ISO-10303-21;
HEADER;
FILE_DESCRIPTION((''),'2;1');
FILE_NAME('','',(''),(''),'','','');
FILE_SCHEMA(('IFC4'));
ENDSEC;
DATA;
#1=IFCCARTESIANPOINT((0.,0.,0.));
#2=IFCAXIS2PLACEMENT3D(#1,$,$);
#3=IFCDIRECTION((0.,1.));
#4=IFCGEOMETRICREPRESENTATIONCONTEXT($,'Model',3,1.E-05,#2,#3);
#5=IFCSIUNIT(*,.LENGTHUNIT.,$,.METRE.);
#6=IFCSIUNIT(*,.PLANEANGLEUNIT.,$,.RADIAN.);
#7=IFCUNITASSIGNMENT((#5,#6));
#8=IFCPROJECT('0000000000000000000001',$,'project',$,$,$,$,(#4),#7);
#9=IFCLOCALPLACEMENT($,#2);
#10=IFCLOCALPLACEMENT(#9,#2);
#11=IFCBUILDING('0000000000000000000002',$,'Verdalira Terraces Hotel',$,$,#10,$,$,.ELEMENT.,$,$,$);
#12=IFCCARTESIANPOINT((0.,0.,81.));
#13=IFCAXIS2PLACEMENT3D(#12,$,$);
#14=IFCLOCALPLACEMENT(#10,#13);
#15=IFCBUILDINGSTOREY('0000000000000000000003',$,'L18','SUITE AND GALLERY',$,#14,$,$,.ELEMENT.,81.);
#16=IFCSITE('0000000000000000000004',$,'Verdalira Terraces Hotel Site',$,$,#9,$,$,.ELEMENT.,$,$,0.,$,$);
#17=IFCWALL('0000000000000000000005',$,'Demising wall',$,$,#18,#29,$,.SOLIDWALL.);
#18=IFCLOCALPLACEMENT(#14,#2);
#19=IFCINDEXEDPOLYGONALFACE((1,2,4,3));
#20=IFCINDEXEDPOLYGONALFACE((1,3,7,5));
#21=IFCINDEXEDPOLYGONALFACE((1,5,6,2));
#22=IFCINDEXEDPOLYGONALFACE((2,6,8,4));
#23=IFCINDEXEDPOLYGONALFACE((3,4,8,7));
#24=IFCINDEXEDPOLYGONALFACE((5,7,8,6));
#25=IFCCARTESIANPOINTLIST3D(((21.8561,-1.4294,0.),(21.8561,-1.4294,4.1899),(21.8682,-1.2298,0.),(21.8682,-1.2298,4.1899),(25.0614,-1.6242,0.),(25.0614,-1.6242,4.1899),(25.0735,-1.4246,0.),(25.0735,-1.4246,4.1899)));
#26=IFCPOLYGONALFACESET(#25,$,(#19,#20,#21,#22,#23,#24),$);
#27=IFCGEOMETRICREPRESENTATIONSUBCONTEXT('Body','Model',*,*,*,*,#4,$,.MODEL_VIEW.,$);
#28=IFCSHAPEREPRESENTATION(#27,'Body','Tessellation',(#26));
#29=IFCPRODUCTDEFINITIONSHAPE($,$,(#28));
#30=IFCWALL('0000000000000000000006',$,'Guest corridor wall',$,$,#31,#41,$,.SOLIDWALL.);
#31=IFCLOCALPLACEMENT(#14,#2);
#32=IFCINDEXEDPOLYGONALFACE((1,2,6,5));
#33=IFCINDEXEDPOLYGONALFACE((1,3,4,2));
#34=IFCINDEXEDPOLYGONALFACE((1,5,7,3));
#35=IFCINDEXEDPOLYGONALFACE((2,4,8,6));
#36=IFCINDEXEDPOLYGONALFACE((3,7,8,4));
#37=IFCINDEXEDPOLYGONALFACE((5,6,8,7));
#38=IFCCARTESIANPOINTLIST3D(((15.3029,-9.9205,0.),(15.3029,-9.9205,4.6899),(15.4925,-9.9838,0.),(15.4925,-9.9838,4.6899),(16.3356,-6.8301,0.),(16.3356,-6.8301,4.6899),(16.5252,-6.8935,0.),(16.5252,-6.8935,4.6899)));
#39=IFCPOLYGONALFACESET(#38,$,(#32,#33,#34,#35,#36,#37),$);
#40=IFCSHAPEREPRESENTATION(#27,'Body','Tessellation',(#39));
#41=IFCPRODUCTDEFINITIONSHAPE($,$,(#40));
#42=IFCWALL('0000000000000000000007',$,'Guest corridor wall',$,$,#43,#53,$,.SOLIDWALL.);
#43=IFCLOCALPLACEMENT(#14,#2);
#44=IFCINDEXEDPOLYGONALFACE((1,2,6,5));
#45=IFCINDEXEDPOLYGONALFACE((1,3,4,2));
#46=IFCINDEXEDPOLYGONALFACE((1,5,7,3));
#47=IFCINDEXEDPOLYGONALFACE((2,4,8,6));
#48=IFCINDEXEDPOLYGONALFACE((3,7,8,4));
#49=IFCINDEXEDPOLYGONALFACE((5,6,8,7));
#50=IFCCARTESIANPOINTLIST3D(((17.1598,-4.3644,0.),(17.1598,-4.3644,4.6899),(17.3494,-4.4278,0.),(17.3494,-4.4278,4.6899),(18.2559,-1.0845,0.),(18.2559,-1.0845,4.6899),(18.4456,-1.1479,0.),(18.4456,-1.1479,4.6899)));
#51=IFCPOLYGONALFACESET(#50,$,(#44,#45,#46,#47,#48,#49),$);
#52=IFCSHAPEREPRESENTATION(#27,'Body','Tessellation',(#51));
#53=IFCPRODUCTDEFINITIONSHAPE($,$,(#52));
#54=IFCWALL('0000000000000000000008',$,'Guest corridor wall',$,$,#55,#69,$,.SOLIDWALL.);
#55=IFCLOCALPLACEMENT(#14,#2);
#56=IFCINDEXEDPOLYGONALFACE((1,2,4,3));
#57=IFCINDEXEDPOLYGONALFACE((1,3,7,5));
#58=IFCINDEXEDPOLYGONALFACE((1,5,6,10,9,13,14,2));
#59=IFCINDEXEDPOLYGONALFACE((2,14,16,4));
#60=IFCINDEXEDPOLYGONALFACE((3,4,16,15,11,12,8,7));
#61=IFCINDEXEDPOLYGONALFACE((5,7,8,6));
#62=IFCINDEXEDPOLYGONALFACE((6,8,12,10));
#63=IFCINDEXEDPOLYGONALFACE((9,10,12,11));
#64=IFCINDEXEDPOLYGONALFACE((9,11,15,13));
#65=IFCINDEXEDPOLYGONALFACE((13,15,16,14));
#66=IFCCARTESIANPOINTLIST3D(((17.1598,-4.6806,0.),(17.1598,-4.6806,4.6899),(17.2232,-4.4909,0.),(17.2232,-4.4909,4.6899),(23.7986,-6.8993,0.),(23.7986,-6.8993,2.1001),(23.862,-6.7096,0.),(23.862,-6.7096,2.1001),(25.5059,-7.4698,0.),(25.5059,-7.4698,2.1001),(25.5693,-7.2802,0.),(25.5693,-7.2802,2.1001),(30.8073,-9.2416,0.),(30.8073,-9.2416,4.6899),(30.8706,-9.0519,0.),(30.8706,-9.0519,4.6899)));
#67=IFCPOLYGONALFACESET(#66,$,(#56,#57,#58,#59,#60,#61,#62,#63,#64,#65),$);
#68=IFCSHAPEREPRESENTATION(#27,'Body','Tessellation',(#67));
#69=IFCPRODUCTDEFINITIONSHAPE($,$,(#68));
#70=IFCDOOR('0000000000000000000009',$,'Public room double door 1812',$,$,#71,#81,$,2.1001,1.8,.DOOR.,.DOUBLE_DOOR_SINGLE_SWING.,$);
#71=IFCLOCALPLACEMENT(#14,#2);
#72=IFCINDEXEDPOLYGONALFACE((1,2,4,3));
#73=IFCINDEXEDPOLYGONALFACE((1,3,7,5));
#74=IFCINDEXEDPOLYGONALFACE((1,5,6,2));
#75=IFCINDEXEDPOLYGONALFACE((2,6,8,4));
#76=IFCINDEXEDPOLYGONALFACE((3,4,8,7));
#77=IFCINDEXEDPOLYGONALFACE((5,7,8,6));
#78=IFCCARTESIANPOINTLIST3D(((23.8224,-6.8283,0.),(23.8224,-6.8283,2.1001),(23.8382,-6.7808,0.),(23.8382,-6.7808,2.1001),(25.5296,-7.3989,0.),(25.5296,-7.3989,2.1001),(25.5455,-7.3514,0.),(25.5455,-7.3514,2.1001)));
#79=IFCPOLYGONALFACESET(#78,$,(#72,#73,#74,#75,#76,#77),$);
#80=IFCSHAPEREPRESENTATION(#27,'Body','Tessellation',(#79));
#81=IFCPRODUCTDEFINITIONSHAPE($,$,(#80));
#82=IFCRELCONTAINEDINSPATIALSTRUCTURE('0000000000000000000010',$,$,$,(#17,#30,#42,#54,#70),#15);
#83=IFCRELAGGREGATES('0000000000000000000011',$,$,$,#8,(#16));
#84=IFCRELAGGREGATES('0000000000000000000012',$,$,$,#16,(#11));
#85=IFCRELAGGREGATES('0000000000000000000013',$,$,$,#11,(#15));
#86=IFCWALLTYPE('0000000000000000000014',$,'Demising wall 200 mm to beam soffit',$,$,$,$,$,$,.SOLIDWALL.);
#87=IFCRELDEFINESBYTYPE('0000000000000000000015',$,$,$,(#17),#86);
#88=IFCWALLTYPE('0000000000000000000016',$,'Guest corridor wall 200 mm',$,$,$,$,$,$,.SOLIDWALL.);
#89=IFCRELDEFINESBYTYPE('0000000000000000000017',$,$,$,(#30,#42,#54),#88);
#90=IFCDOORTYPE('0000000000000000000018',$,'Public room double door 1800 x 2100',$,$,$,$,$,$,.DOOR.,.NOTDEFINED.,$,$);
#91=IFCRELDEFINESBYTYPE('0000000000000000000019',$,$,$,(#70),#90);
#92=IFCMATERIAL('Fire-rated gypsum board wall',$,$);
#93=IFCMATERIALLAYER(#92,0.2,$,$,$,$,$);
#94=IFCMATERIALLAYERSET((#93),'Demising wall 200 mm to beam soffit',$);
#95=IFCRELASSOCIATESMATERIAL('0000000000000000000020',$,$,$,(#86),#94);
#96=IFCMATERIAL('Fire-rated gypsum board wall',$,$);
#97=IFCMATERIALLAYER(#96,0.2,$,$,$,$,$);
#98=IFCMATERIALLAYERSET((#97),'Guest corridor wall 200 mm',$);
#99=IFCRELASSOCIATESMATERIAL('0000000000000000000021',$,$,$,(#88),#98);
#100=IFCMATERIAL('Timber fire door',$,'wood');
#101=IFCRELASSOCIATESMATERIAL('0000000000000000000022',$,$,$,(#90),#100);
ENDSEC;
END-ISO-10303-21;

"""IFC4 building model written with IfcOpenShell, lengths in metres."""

from ifc_helpers import new_model, si_unit, direction, frame, frame_2d, origin, place, context, subcontext, project, spatial, rectangle, extrude, material, layer, layer_set, type_object, element, fill, save


model = new_model("IFC4")

# Units and contexts
model_context = context("Model", 3, precision=1e-05, world=origin(), true_north=direction((0.0, 1.0)))
body_context = subcontext(model_context, "Body", "Model", "MODEL_VIEW")
ifc_project = project(units=[si_unit("LENGTHUNIT", "METRE"), si_unit("PLANEANGLEUNIT", "RADIAN")], contexts=[model_context])

# Site, building, storey
site_placement = place(None, origin())
site = spatial("IfcSite", under=ifc_project, at=site_placement, Name="Verdalira Terraces Hotel Site", CompositionType="ELEMENT", RefElevation=0.0)
building_placement = place(site_placement, origin())
building = spatial("IfcBuilding", under=site, at=building_placement, Name="Verdalira Terraces Hotel", CompositionType="ELEMENT")
storey_placement = place(building_placement, frame((0.0, 0.0, 81.0)))
storey = spatial("IfcBuildingStorey", under=building, at=storey_placement, Name="L18", Description="SUITE AND GALLERY", CompositionType="ELEMENT", Elevation=81.0)

# Walls
ifc_material_1 = material(Name="Fire-rated gypsum board wall")
ifc_layer_1 = layer(ifc_material_1, 0.2)
ifc_layer_set_1 = layer_set([ifc_layer_1], Name="Demising wall 200 mm to beam soffit")
wall_type_1 = type_object("IfcWallType", Name="Demising wall 200 mm to beam soffit", PredefinedType="SOLIDWALL", material=ifc_layer_set_1)
wall_1_placement = place(storey_placement, frame((21.8623, -1.3296, 0.0), z_axis=(0.0, 0.0, 1.0), x_axis=(0.998158, -0.06067, 0.0)))
element("IfcWall", 1, at=wall_1_placement, inside=storey, type_object=wall_type_1, Name="Demising wall", PredefinedType="SOLIDWALL", context=body_context, shape_type="SweptSolid", body=[
    extrude(rectangle(XDim=3.2112, YDim=0.2, at=frame_2d((1.6055, 0.0))), origin(), (0.0, 0.0, 1.0), 4.1899),
])
ifc_material_2 = material(Name="Fire-rated gypsum board wall")
ifc_layer_2 = layer(ifc_material_2, 0.2)
ifc_layer_set_2 = layer_set([ifc_layer_2], Name="Guest corridor wall 200 mm")
wall_type_2 = type_object("IfcWallType", Name="Guest corridor wall 200 mm", PredefinedType="SOLIDWALL", material=ifc_layer_set_2)
wall_2_placement = place(storey_placement, frame((15.3977, -9.9521, 0.0), z_axis=(0.0, 0.0, 1.0), x_axis=(0.316947, 0.948443, 0.0)))
element("IfcWall", 2, at=wall_2_placement, inside=storey, type_object=wall_type_2, Name="Guest corridor wall", PredefinedType="SOLIDWALL", context=body_context, shape_type="SweptSolid", body=[
    extrude(rectangle(XDim=3.2583, YDim=0.2, at=frame_2d((1.6292, 0.0))), origin(), (0.0, 0.0, 1.0), 4.6899),
])
wall_3_placement = place(storey_placement, frame((17.2546, -4.396, 0.0), z_axis=(0.0, 0.0, 1.0), x_axis=(0.316969, 0.948436, 0.0)))
element("IfcWall", 3, at=wall_3_placement, inside=storey, type_object=wall_type_2, Name="Guest corridor wall", PredefinedType="SOLIDWALL", context=body_context, shape_type="SweptSolid", body=[
    extrude(rectangle(XDim=3.4583, YDim=0.2, at=frame_2d((1.729, 0.0))), origin(), (0.0, 0.0, 1.0), 4.6899),
])

# Wall, opening, door
wall_4_placement = place(storey_placement, frame((17.1914, -4.5857, 0.0), z_axis=(0.0, 0.0, 1.0), x_axis=(0.948435, -0.316971, 0.0)))
wall_4 = element("IfcWall", 4, at=wall_4_placement, inside=storey, type_object=wall_type_2, Name="Guest corridor wall", PredefinedType="SOLIDWALL", context=body_context, shape_type="SweptSolid", body=[
    extrude(rectangle(XDim=14.3894, YDim=0.2, at=frame_2d((7.1948, 0.0))), origin(), (0.0, 0.0, 1.0), 4.6899),
])
opening_1_placement = place(wall_4_placement, frame((7.0, 0.0, 0.0)))
opening_1 = element("IfcOpeningElement", 5, at=opening_1_placement, cuts=wall_4, PredefinedType="OPENING", context=body_context, shape_type="SweptSolid", body=[
    extrude(rectangle(XDim=1.8, YDim=2.1001, at=frame_2d((0.8999, 1.05))), frame((0.0, 0.1099, 0.0), z_axis=(0.0, -1.0, 0.0), x_axis=(1.0, 0.0, 0.0)), (0.0, 0.0, 1.0), 0.22),
])
ifc_material_3 = material(Name="Timber fire door", Category="wood")
door_type_1 = type_object("IfcDoorType", Name="Public room double door 1800 x 2100", OperationType="NOTDEFINED", PredefinedType="DOOR", material=ifc_material_3)
door_1_placement = place(opening_1_placement, origin())
door_1 = element("IfcDoor", 6, at=door_1_placement, inside=storey, type_object=door_type_1, Name="Public room double door 1812", OperationType="DOUBLE_DOOR_SINGLE_SWING", OverallHeight=2.1001, OverallWidth=1.8, PredefinedType="DOOR", context=body_context, shape_type="SweptSolid", body=[
    extrude(rectangle(XDim=1.8, YDim=2.1001, at=frame_2d((0.8999, 1.05))), frame((0.0, 0.0249, 0.0), z_axis=(0.0, -1.0, 0.0), x_axis=(1.0, 0.0, 0.0)), (0.0, 0.0, 1.0), 0.05),
])
fill(opening_1, door_1)

save(model, "model.ifc")
